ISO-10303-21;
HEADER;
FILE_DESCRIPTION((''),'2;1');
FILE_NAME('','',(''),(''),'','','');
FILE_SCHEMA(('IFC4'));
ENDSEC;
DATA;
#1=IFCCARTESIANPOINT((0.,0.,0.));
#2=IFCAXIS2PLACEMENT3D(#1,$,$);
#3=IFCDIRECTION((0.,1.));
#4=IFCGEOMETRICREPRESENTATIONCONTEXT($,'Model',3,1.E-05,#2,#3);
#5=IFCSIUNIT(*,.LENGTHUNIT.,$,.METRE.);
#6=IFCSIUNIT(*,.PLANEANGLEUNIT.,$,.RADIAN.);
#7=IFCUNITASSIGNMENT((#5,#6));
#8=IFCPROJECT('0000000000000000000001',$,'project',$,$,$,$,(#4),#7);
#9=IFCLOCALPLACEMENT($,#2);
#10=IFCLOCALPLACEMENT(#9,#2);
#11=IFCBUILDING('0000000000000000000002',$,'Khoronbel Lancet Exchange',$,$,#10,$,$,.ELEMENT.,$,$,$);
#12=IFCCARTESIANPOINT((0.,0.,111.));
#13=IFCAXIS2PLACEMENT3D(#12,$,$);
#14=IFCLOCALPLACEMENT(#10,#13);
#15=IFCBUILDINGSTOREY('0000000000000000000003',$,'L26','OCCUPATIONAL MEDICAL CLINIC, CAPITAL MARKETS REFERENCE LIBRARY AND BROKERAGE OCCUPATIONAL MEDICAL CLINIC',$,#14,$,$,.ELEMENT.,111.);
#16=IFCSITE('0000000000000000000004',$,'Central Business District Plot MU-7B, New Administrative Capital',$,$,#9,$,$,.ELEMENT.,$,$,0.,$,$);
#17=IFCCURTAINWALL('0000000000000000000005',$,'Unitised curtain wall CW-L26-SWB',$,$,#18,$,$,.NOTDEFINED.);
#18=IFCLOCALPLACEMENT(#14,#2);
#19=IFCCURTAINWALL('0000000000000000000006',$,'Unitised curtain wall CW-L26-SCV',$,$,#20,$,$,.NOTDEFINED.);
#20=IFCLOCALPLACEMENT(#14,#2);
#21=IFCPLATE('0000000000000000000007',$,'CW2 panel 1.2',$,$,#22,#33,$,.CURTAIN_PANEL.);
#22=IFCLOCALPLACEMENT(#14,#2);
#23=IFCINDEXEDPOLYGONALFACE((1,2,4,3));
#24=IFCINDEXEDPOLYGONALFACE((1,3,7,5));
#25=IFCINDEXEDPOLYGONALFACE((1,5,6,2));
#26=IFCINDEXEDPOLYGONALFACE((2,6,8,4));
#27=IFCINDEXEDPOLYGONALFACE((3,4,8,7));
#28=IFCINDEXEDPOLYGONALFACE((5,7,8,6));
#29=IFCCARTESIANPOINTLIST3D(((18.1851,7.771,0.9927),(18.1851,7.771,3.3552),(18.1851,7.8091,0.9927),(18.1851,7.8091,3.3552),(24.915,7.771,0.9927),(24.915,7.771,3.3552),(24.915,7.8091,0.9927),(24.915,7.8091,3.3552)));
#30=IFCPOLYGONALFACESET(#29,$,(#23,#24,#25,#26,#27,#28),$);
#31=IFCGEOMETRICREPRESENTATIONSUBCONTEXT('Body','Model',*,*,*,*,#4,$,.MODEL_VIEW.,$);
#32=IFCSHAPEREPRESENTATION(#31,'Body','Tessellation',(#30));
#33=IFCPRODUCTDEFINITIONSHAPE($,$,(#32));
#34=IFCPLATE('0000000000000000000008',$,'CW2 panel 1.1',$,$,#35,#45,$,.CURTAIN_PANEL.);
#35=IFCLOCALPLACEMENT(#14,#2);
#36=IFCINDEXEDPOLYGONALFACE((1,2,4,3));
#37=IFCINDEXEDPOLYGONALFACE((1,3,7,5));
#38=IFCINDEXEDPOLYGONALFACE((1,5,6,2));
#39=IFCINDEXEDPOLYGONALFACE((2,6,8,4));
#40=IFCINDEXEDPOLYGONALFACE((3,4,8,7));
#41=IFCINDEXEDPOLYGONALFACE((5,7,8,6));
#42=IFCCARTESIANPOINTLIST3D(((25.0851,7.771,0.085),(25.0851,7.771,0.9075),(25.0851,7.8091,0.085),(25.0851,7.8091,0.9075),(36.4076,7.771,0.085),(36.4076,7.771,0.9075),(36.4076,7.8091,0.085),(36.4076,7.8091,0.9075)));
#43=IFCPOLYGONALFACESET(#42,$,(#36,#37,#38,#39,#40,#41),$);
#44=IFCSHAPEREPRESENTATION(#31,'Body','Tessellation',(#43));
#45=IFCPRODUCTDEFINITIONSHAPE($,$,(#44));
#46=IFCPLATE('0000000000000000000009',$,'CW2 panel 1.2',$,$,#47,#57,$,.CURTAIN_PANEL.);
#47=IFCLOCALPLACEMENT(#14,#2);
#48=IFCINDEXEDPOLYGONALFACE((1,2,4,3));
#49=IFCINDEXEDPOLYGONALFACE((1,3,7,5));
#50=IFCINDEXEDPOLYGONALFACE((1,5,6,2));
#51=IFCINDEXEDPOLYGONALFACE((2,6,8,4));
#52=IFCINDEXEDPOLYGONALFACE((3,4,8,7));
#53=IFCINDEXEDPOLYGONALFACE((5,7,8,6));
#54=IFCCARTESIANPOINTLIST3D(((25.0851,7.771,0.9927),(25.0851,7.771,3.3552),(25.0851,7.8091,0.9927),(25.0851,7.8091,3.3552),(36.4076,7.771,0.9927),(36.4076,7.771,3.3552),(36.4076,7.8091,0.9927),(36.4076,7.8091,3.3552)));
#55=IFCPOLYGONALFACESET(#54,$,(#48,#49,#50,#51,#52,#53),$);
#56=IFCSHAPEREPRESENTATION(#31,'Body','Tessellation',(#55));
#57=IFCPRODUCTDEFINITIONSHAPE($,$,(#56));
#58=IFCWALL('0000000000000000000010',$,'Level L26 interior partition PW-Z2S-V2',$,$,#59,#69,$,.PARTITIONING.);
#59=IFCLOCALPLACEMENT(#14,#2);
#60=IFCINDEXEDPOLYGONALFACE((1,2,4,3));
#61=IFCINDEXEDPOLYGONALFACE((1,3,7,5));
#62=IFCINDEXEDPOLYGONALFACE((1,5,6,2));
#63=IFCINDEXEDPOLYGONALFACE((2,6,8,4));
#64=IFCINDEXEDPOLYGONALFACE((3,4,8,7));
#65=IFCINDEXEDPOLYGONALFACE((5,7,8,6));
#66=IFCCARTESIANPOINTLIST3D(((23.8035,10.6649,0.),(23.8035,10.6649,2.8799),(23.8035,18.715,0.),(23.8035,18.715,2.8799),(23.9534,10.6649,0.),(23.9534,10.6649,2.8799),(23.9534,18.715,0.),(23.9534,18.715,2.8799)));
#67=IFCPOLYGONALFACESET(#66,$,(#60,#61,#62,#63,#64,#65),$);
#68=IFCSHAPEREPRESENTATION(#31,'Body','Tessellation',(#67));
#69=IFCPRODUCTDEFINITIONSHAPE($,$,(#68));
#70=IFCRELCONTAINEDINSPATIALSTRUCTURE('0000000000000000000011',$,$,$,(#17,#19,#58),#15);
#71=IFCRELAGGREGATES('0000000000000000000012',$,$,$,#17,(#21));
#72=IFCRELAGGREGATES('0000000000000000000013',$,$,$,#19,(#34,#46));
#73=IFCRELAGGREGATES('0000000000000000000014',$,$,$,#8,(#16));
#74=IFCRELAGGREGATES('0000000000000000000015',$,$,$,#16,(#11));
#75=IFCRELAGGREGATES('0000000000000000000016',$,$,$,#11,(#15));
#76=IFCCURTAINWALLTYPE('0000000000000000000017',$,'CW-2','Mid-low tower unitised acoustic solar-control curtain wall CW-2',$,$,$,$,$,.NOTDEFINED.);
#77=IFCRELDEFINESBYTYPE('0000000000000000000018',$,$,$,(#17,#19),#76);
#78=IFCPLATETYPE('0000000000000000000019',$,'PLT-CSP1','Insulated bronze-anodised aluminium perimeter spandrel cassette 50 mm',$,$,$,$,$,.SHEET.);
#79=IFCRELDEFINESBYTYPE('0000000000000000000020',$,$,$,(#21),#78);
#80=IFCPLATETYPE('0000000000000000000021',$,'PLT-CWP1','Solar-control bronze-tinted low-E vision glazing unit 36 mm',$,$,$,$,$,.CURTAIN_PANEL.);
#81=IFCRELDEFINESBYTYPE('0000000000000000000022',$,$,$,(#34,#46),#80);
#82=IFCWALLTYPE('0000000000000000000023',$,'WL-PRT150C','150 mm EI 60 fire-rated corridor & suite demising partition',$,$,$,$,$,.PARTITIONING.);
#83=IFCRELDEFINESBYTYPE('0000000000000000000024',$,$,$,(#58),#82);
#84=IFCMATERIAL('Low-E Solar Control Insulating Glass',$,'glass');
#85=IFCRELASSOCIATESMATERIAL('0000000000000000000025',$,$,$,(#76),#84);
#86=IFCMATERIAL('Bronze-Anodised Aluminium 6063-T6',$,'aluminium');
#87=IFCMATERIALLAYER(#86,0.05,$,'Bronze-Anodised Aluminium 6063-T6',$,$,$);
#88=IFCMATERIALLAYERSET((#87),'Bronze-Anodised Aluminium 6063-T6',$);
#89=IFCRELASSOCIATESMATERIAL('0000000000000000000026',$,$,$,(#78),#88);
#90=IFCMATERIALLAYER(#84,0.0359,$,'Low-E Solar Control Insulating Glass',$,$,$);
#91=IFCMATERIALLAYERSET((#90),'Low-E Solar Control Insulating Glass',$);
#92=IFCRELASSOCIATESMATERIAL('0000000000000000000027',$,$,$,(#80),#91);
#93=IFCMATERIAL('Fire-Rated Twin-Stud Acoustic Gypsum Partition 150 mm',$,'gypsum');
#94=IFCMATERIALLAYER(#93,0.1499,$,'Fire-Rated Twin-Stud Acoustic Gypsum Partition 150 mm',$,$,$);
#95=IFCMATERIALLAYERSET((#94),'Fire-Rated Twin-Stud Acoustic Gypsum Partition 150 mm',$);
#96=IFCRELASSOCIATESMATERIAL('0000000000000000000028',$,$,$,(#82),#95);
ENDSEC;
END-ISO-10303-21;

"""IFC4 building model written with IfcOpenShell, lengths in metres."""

from ifc_helpers import new_model, si_unit, direction, frame, frame_2d, origin, origin_2d, place, context, subcontext, project, spatial, rectangle, extrude, material, layer, layer_set, type_object, element, aggregate, save


model = new_model("IFC4")

# Units and contexts
model_context = context("Model", 3, precision=1e-05, world=origin(), true_north=direction((0.0, 1.0)))
body_context = subcontext(model_context, "Body", "Model", "MODEL_VIEW")
ifc_project = project(units=[si_unit("LENGTHUNIT", "METRE"), si_unit("PLANEANGLEUNIT", "RADIAN")], contexts=[model_context])

# Site, building, storey
site_placement = place(None, origin())
site = spatial("IfcSite", under=ifc_project, at=site_placement, Name="Central Business District Plot MU-7B, New Administrative Capital", CompositionType="ELEMENT", RefElevation=0.0)
building_placement = place(site_placement, origin())
building = spatial("IfcBuilding", under=site, at=building_placement, Name="Khoronbel Lancet Exchange", CompositionType="ELEMENT")
storey_placement = place(building_placement, frame((0.0, 0.0, 111.0)))
storey = spatial("IfcBuildingStorey", under=building, at=storey_placement, Name="L26", Description="OCCUPATIONAL MEDICAL CLINIC, CAPITAL MARKETS REFERENCE LIBRARY AND BROKERAGE OCCUPATIONAL MEDICAL CLINIC", CompositionType="ELEMENT", Elevation=111.0)

# Curtain walls
ifc_material_1 = material(Name="Low-E Solar Control Insulating Glass", Category="glass")
curtain_wall_type = type_object("IfcCurtainWallType", Name="CW-2", Description="Mid-low tower unitised acoustic solar-control curtain wall CW-2", PredefinedType="NOTDEFINED", material=ifc_material_1)
curtain_wall_1_placement = place(storey_placement, origin())
curtain_wall_1 = element("IfcCurtainWall", 1, at=curtain_wall_1_placement, inside=storey, type_object=curtain_wall_type, Name="Unitised curtain wall CW-L26-SWB", PredefinedType="NOTDEFINED")
ifc_material_2 = material(Name="Bronze-Anodised Aluminium 6063-T6", Category="aluminium")
curtain_wall_2_placement = place(storey_placement, origin())
curtain_wall_2 = element("IfcCurtainWall", 2, at=curtain_wall_2_placement, inside=storey, type_object=curtain_wall_type, Name="Unitised curtain wall CW-L26-SCV", PredefinedType="NOTDEFINED")

# Plates
ifc_layer_1 = layer(ifc_material_2, 0.05, Name="Bronze-Anodised Aluminium 6063-T6")
ifc_layer_set_1 = layer_set([ifc_layer_1], Name="Bronze-Anodised Aluminium 6063-T6")
plate_type_1 = type_object("IfcPlateType", Name="PLT-CSP1", Description="Insulated bronze-anodised aluminium perimeter spandrel cassette 50 mm", PredefinedType="SHEET", material=ifc_layer_set_1)
plate_1_placement = place(storey_placement, frame((21.55, 7.79, 0.9927), z_axis=(0.0, 0.0, 1.0), x_axis=(1.0, 0.0, 0.0)))
plate_1 = element("IfcPlate", 3, at=plate_1_placement, type_object=plate_type_1, Name="CW2 panel 1.2", PredefinedType="CURTAIN_PANEL", context=body_context, shape_type="SweptSolid", body=[
    extrude(rectangle(XDim=6.73, YDim=0.0381, at=origin_2d()), origin(), (0.0, 0.0, 1.0), 2.3625),
])
aggregate(curtain_wall_1, [plate_1])
ifc_layer_2 = layer(ifc_material_1, 0.0359, Name="Low-E Solar Control Insulating Glass")
ifc_layer_set_2 = layer_set([ifc_layer_2], Name="Low-E Solar Control Insulating Glass")
plate_type_2 = type_object("IfcPlateType", Name="PLT-CWP1", Description="Solar-control bronze-tinted low-E vision glazing unit 36 mm", PredefinedType="CURTAIN_PANEL", material=ifc_layer_set_2)
plate_2_placement = place(storey_placement, frame((30.7463, 7.79, 0.085), z_axis=(0.0, 0.0, 1.0), x_axis=(1.0, 0.0, 0.0)))
plate_2 = element("IfcPlate", 4, at=plate_2_placement, type_object=plate_type_2, Name="CW2 panel 1.1", PredefinedType="CURTAIN_PANEL", context=body_context, shape_type="SweptSolid", body=[
    extrude(rectangle(XDim=11.3225, YDim=0.0381, at=origin_2d()), origin(), (0.0, 0.0, 1.0), 0.8225),
])
plate_3_placement = place(storey_placement, frame((30.7463, 7.79, 0.9927), z_axis=(0.0, 0.0, 1.0), x_axis=(1.0, 0.0, 0.0)))
plate_3 = element("IfcPlate", 5, at=plate_3_placement, type_object=plate_type_2, Name="CW2 panel 1.2", PredefinedType="CURTAIN_PANEL", context=body_context, shape_type="SweptSolid", body=[
    extrude(rectangle(XDim=11.3225, YDim=0.0381, at=origin_2d()), origin(), (0.0, 0.0, 1.0), 2.3625),
])
aggregate(curtain_wall_2, [plate_2, plate_3])

# Wall
ifc_material_3 = material(Name="Fire-Rated Twin-Stud Acoustic Gypsum Partition 150 mm", Category="gypsum")
ifc_layer_3 = layer(ifc_material_3, 0.1499, Name="Fire-Rated Twin-Stud Acoustic Gypsum Partition 150 mm")
ifc_layer_set_3 = layer_set([ifc_layer_3], Name="Fire-Rated Twin-Stud Acoustic Gypsum Partition 150 mm")
wall_type = type_object("IfcWallType", Name="WL-PRT150C", Description="150 mm EI 60 fire-rated corridor & suite demising partition", PredefinedType="PARTITIONING", material=ifc_layer_set_3)
wall_placement = place(storey_placement, frame((23.8784, 10.665, 0.0), z_axis=(0.0, 0.0, 1.0), x_axis=(0.0, 1.0, 0.0)))
element("IfcWall", 6, at=wall_placement, inside=storey, type_object=wall_type, Name="Level L26 interior partition PW-Z2S-V2", PredefinedType="PARTITIONING", context=body_context, shape_type="SweptSolid", body=[
    extrude(rectangle(XDim=8.05, YDim=0.1499, at=frame_2d((4.0249, 0.0))), origin(), (0.0, 0.0, 1.0), 2.8799),
])

save(model, "model.ifc")
